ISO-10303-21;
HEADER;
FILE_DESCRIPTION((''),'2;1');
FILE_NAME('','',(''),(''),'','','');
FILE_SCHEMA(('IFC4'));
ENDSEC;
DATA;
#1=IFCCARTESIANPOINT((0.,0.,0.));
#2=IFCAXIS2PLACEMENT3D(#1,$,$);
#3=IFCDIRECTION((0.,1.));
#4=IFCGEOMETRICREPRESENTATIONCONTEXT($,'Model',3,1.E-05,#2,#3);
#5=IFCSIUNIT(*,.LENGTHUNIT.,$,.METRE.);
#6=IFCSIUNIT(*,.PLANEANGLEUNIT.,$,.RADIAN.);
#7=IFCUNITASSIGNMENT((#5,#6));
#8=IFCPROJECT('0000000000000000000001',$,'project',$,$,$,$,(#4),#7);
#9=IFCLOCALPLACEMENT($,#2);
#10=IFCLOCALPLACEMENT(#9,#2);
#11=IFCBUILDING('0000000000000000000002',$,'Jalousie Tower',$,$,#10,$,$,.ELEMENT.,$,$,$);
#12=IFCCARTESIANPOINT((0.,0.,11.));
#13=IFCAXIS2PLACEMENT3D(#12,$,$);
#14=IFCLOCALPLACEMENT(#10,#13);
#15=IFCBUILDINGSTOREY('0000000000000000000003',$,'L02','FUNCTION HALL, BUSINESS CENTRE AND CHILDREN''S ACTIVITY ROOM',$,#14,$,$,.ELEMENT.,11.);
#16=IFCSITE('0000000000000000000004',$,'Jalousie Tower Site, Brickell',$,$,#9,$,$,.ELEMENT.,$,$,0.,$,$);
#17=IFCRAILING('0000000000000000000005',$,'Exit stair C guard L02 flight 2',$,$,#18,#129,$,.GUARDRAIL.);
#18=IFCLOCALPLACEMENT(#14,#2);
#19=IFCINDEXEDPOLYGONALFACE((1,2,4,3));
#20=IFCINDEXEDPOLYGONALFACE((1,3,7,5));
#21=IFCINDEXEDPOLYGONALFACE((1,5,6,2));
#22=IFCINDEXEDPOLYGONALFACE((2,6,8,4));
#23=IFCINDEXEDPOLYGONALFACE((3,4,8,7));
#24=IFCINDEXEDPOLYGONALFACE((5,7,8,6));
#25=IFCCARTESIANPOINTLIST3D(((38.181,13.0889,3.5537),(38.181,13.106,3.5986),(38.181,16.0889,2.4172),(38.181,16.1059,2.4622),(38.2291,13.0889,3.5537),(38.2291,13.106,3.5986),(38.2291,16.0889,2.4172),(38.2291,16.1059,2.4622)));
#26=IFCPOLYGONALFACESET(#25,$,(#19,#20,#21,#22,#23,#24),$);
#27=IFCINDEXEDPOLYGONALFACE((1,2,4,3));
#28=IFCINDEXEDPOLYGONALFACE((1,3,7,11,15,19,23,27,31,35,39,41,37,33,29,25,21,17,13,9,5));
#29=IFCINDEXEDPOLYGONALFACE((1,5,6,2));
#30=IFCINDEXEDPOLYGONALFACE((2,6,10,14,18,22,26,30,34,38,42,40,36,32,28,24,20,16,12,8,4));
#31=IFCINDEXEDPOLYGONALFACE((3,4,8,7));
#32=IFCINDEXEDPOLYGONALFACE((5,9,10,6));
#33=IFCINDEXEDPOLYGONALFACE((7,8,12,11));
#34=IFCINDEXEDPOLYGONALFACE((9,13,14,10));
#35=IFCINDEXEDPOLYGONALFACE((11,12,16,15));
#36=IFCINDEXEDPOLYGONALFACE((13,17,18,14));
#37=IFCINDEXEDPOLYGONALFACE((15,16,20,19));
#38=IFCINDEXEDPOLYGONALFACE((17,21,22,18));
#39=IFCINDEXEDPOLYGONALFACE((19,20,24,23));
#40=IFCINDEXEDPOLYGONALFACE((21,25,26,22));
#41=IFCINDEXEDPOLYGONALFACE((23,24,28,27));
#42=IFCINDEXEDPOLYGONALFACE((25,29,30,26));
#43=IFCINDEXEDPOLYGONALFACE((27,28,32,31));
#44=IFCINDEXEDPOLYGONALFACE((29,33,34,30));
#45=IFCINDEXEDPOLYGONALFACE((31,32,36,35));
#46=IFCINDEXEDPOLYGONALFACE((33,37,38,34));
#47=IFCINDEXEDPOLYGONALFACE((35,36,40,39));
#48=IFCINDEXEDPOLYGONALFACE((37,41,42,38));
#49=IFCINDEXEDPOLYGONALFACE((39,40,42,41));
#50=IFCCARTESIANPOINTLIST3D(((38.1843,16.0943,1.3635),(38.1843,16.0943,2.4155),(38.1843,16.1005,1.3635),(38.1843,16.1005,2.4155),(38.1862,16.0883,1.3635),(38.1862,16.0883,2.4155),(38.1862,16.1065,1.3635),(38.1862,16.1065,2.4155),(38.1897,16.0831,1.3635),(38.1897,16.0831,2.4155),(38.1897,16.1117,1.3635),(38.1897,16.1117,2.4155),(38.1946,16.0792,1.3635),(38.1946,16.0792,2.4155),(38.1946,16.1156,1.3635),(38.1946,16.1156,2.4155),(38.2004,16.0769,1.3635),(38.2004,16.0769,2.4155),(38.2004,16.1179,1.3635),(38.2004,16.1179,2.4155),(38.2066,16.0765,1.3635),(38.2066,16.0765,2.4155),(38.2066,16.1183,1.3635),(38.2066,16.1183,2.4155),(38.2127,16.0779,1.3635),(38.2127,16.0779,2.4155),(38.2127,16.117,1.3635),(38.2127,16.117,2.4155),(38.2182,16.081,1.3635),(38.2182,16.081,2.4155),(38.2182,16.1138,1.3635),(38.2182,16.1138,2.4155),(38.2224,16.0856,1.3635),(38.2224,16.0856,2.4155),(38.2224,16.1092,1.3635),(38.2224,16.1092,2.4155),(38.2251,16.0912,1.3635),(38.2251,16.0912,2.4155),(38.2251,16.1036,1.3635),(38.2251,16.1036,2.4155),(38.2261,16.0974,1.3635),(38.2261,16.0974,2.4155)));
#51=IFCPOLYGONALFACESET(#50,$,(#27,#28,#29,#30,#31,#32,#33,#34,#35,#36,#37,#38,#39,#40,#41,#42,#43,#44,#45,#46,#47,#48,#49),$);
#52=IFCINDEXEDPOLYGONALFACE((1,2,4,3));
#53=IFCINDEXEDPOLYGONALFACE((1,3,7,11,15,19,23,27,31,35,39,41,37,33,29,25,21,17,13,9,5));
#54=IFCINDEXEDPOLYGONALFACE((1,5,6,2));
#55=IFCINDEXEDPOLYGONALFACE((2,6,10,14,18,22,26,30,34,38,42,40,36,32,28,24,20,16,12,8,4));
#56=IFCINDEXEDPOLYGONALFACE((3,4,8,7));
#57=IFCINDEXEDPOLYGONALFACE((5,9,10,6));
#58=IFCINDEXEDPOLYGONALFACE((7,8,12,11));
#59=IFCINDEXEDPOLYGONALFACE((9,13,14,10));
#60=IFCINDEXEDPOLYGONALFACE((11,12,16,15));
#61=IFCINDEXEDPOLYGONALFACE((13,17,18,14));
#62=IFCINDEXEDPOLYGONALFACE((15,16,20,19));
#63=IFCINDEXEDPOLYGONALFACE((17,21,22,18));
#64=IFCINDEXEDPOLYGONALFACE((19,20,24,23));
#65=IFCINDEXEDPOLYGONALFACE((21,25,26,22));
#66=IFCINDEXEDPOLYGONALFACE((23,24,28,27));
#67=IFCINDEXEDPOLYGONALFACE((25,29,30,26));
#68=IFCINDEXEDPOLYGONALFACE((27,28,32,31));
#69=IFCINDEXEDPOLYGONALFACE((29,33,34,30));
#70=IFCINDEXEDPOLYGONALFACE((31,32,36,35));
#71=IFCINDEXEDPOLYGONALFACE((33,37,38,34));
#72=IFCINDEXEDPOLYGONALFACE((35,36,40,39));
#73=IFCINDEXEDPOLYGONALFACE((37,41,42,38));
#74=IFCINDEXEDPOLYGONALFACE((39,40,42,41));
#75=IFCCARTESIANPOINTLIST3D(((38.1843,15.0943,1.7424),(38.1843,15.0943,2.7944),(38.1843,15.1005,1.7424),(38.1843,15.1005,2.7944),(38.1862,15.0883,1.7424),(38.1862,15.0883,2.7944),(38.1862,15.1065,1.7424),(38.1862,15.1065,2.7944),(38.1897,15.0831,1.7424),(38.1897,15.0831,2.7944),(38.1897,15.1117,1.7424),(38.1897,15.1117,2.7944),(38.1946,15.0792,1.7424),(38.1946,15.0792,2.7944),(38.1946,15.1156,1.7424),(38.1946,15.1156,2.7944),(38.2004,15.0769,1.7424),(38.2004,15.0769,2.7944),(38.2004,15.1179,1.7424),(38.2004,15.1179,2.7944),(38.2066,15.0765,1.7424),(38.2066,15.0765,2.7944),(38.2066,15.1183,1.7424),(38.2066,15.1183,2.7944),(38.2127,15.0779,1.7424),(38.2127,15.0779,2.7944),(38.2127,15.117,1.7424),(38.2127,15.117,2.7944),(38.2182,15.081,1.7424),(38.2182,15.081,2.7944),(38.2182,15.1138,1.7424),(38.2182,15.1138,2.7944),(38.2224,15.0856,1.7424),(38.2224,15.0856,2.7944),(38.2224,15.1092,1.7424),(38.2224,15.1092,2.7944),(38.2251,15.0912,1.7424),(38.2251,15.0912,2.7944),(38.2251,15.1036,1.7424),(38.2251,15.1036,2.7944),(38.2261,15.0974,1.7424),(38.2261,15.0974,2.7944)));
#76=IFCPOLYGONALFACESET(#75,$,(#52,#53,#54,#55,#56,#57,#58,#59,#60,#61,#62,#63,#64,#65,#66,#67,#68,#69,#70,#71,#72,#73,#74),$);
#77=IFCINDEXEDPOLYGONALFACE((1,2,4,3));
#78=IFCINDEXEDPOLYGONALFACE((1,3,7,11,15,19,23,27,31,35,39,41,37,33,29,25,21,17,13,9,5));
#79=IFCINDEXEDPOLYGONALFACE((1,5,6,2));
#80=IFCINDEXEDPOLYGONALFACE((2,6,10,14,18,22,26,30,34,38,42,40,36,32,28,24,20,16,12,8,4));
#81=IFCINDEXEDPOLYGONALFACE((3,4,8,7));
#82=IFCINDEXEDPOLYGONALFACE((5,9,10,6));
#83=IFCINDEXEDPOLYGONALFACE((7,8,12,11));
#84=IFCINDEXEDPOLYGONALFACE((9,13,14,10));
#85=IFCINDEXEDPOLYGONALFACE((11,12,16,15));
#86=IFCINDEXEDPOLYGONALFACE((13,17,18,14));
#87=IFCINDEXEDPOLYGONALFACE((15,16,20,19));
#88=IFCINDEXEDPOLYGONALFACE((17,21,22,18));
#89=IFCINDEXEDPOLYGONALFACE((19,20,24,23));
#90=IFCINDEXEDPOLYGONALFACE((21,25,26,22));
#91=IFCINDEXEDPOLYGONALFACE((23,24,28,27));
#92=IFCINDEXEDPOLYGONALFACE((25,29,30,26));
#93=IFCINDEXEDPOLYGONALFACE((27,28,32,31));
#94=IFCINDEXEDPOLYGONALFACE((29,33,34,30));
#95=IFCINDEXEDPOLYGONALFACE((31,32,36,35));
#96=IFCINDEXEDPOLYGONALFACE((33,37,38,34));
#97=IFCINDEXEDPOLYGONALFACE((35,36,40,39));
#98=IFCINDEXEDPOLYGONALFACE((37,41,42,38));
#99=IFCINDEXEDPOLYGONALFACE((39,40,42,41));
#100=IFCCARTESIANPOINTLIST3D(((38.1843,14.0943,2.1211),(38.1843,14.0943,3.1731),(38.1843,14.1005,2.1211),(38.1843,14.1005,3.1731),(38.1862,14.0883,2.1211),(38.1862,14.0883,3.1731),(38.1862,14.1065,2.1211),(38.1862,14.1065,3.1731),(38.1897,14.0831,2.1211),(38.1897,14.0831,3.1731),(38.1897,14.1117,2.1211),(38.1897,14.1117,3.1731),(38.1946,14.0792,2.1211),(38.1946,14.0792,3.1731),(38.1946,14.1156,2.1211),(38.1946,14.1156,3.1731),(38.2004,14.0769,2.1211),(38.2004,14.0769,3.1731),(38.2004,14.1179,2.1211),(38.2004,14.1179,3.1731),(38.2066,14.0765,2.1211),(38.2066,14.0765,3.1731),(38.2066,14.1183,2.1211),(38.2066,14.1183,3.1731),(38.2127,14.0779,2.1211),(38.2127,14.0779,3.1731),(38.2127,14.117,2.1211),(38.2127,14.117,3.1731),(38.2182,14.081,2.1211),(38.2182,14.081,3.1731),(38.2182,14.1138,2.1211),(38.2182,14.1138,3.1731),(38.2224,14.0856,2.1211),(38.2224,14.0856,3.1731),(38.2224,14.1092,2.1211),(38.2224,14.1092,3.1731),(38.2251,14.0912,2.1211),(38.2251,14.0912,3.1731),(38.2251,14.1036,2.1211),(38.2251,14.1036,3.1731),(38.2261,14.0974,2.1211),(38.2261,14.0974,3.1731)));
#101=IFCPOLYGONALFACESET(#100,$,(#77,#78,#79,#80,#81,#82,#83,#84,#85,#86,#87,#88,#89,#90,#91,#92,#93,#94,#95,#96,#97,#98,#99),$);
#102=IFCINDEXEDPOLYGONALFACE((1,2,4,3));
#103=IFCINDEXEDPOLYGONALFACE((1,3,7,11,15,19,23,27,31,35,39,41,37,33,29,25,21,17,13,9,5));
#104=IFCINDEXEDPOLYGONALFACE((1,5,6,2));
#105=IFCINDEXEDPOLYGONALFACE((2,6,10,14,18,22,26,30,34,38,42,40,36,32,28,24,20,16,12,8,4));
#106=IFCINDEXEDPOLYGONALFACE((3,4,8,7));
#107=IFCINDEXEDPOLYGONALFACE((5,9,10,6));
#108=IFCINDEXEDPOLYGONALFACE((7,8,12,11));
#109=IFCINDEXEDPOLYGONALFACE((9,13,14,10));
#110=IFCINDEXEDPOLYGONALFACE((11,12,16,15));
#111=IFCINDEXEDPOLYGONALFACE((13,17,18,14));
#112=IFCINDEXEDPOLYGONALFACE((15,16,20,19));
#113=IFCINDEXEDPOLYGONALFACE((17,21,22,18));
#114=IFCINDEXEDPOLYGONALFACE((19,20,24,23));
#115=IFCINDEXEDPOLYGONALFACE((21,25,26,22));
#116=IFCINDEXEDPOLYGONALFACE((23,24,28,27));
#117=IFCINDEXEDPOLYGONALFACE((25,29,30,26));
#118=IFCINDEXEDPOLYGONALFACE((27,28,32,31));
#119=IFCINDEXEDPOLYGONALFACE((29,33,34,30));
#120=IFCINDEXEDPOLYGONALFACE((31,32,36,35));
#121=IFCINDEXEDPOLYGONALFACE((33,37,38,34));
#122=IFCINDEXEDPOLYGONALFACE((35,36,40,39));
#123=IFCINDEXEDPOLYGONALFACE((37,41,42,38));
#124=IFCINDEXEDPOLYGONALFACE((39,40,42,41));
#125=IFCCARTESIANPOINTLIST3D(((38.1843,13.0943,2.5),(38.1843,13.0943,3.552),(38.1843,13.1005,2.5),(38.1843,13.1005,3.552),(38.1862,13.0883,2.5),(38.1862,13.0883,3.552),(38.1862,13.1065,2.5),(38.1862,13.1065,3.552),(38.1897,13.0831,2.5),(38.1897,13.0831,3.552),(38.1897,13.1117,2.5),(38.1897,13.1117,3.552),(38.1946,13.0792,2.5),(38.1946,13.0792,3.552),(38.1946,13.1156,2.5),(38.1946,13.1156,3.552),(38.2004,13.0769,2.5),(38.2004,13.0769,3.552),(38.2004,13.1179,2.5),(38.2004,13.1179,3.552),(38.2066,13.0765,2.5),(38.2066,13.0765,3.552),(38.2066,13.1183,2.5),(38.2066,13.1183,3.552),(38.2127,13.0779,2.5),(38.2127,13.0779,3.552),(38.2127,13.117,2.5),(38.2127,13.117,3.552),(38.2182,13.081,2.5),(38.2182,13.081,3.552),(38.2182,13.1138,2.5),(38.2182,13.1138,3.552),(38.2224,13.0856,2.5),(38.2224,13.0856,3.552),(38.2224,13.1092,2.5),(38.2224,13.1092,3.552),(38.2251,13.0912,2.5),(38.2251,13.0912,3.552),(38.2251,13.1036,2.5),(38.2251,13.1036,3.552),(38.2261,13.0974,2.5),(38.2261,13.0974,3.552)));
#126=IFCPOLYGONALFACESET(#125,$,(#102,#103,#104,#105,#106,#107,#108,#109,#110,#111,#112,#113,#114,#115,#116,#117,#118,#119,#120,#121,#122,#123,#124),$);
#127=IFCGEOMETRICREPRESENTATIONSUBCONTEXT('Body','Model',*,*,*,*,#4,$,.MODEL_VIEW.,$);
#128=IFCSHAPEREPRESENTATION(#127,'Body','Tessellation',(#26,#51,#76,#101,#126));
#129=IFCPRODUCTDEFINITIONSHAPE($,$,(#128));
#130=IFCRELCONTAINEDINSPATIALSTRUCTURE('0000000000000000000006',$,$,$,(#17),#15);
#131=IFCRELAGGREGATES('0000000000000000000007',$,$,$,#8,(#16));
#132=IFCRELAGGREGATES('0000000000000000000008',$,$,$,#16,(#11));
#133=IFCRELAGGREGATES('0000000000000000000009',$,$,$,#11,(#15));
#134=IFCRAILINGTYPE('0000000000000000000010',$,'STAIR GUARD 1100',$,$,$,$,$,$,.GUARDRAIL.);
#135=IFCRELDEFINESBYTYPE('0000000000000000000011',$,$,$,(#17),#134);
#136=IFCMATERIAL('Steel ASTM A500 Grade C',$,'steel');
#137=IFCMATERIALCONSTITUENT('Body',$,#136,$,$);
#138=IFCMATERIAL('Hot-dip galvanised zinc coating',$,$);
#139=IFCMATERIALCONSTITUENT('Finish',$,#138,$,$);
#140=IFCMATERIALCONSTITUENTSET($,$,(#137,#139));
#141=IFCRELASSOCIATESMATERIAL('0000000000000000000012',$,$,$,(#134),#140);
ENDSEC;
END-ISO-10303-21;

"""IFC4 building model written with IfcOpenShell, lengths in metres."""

from ifc_helpers import new_model, si_unit, direction, frame, origin, origin_2d, place, context, subcontext, project, spatial, rectangle, circle, extrude, material, constituent, constituent_set, type_object, element, save


model = new_model("IFC4")

# Units and contexts
model_context = context("Model", 3, precision=1e-05, world=origin(), true_north=direction((0.0, 1.0)))
body_context = subcontext(model_context, "Body", "Model", "MODEL_VIEW")
ifc_project = project(units=[si_unit("LENGTHUNIT", "METRE"), si_unit("PLANEANGLEUNIT", "RADIAN")], contexts=[model_context])

# Site, building, storey
site_placement = place(None, origin())
site = spatial("IfcSite", under=ifc_project, at=site_placement, Name="Jalousie Tower Site, Brickell", CompositionType="ELEMENT", RefElevation=0.0)
building_placement = place(site_placement, origin())
building = spatial("IfcBuilding", under=site, at=building_placement, Name="Jalousie Tower", CompositionType="ELEMENT")
storey_placement = place(building_placement, frame((0.0, 0.0, 11.0)))
storey = spatial("IfcBuildingStorey", under=building, at=storey_placement, Name="L02", Description="FUNCTION HALL, BUSINESS CENTRE AND CHILDREN'S ACTIVITY ROOM", CompositionType="ELEMENT", Elevation=11.0)

# Railing
ifc_material_1 = material(Name="Steel ASTM A500 Grade C", Category="steel")
ifc_constituent_1 = constituent(ifc_material_1, Name="Body")
ifc_material_2 = material(Name="Hot-dip galvanised zinc coating")
ifc_constituent_2 = constituent(ifc_material_2, Name="Finish")
ifc_constituent_set_1 = constituent_set(constituents=[ifc_constituent_1, ifc_constituent_2])
railing_type_1 = type_object("IfcRailingType", Name="STAIR GUARD 1100", PredefinedType="GUARDRAIL", material=ifc_constituent_set_1)
railing_1_placement = place(storey_placement, frame((38.2051, 16.0974, 1.3635)))
element("IfcRailing", 1, at=railing_1_placement, inside=storey, type_object=railing_type_1, Name="Exit stair C guard L02 flight 2", PredefinedType="GUARDRAIL", context=body_context, shape_type="SweptSolid", body=[
    extrude(rectangle(XDim=0.0481, YDim=0.0481, at=origin_2d()), frame((0.0, 0.0, 1.0762), z_axis=(0.0, -0.935148, 0.354257), x_axis=(1.0, 0.0, 0.0)), (0.0, 0.0, 1.0), 3.208),
    extrude(circle(Radius=0.021, at=origin_2d()), origin(), (0.0, 0.0, 1.0), 1.052),
    extrude(circle(Radius=0.021, at=origin_2d()), frame((0.0, -1.0, 0.3789)), (0.0, 0.0, 1.0), 1.052),
    extrude(circle(Radius=0.021, at=origin_2d()), frame((0.0, -2.0, 0.7576)), (0.0, 0.0, 1.0), 1.052),
    extrude(circle(Radius=0.021, at=origin_2d()), frame((0.0, -3.0, 1.1365)), (0.0, 0.0, 1.0), 1.052),
])

save(model, "model.ifc")
